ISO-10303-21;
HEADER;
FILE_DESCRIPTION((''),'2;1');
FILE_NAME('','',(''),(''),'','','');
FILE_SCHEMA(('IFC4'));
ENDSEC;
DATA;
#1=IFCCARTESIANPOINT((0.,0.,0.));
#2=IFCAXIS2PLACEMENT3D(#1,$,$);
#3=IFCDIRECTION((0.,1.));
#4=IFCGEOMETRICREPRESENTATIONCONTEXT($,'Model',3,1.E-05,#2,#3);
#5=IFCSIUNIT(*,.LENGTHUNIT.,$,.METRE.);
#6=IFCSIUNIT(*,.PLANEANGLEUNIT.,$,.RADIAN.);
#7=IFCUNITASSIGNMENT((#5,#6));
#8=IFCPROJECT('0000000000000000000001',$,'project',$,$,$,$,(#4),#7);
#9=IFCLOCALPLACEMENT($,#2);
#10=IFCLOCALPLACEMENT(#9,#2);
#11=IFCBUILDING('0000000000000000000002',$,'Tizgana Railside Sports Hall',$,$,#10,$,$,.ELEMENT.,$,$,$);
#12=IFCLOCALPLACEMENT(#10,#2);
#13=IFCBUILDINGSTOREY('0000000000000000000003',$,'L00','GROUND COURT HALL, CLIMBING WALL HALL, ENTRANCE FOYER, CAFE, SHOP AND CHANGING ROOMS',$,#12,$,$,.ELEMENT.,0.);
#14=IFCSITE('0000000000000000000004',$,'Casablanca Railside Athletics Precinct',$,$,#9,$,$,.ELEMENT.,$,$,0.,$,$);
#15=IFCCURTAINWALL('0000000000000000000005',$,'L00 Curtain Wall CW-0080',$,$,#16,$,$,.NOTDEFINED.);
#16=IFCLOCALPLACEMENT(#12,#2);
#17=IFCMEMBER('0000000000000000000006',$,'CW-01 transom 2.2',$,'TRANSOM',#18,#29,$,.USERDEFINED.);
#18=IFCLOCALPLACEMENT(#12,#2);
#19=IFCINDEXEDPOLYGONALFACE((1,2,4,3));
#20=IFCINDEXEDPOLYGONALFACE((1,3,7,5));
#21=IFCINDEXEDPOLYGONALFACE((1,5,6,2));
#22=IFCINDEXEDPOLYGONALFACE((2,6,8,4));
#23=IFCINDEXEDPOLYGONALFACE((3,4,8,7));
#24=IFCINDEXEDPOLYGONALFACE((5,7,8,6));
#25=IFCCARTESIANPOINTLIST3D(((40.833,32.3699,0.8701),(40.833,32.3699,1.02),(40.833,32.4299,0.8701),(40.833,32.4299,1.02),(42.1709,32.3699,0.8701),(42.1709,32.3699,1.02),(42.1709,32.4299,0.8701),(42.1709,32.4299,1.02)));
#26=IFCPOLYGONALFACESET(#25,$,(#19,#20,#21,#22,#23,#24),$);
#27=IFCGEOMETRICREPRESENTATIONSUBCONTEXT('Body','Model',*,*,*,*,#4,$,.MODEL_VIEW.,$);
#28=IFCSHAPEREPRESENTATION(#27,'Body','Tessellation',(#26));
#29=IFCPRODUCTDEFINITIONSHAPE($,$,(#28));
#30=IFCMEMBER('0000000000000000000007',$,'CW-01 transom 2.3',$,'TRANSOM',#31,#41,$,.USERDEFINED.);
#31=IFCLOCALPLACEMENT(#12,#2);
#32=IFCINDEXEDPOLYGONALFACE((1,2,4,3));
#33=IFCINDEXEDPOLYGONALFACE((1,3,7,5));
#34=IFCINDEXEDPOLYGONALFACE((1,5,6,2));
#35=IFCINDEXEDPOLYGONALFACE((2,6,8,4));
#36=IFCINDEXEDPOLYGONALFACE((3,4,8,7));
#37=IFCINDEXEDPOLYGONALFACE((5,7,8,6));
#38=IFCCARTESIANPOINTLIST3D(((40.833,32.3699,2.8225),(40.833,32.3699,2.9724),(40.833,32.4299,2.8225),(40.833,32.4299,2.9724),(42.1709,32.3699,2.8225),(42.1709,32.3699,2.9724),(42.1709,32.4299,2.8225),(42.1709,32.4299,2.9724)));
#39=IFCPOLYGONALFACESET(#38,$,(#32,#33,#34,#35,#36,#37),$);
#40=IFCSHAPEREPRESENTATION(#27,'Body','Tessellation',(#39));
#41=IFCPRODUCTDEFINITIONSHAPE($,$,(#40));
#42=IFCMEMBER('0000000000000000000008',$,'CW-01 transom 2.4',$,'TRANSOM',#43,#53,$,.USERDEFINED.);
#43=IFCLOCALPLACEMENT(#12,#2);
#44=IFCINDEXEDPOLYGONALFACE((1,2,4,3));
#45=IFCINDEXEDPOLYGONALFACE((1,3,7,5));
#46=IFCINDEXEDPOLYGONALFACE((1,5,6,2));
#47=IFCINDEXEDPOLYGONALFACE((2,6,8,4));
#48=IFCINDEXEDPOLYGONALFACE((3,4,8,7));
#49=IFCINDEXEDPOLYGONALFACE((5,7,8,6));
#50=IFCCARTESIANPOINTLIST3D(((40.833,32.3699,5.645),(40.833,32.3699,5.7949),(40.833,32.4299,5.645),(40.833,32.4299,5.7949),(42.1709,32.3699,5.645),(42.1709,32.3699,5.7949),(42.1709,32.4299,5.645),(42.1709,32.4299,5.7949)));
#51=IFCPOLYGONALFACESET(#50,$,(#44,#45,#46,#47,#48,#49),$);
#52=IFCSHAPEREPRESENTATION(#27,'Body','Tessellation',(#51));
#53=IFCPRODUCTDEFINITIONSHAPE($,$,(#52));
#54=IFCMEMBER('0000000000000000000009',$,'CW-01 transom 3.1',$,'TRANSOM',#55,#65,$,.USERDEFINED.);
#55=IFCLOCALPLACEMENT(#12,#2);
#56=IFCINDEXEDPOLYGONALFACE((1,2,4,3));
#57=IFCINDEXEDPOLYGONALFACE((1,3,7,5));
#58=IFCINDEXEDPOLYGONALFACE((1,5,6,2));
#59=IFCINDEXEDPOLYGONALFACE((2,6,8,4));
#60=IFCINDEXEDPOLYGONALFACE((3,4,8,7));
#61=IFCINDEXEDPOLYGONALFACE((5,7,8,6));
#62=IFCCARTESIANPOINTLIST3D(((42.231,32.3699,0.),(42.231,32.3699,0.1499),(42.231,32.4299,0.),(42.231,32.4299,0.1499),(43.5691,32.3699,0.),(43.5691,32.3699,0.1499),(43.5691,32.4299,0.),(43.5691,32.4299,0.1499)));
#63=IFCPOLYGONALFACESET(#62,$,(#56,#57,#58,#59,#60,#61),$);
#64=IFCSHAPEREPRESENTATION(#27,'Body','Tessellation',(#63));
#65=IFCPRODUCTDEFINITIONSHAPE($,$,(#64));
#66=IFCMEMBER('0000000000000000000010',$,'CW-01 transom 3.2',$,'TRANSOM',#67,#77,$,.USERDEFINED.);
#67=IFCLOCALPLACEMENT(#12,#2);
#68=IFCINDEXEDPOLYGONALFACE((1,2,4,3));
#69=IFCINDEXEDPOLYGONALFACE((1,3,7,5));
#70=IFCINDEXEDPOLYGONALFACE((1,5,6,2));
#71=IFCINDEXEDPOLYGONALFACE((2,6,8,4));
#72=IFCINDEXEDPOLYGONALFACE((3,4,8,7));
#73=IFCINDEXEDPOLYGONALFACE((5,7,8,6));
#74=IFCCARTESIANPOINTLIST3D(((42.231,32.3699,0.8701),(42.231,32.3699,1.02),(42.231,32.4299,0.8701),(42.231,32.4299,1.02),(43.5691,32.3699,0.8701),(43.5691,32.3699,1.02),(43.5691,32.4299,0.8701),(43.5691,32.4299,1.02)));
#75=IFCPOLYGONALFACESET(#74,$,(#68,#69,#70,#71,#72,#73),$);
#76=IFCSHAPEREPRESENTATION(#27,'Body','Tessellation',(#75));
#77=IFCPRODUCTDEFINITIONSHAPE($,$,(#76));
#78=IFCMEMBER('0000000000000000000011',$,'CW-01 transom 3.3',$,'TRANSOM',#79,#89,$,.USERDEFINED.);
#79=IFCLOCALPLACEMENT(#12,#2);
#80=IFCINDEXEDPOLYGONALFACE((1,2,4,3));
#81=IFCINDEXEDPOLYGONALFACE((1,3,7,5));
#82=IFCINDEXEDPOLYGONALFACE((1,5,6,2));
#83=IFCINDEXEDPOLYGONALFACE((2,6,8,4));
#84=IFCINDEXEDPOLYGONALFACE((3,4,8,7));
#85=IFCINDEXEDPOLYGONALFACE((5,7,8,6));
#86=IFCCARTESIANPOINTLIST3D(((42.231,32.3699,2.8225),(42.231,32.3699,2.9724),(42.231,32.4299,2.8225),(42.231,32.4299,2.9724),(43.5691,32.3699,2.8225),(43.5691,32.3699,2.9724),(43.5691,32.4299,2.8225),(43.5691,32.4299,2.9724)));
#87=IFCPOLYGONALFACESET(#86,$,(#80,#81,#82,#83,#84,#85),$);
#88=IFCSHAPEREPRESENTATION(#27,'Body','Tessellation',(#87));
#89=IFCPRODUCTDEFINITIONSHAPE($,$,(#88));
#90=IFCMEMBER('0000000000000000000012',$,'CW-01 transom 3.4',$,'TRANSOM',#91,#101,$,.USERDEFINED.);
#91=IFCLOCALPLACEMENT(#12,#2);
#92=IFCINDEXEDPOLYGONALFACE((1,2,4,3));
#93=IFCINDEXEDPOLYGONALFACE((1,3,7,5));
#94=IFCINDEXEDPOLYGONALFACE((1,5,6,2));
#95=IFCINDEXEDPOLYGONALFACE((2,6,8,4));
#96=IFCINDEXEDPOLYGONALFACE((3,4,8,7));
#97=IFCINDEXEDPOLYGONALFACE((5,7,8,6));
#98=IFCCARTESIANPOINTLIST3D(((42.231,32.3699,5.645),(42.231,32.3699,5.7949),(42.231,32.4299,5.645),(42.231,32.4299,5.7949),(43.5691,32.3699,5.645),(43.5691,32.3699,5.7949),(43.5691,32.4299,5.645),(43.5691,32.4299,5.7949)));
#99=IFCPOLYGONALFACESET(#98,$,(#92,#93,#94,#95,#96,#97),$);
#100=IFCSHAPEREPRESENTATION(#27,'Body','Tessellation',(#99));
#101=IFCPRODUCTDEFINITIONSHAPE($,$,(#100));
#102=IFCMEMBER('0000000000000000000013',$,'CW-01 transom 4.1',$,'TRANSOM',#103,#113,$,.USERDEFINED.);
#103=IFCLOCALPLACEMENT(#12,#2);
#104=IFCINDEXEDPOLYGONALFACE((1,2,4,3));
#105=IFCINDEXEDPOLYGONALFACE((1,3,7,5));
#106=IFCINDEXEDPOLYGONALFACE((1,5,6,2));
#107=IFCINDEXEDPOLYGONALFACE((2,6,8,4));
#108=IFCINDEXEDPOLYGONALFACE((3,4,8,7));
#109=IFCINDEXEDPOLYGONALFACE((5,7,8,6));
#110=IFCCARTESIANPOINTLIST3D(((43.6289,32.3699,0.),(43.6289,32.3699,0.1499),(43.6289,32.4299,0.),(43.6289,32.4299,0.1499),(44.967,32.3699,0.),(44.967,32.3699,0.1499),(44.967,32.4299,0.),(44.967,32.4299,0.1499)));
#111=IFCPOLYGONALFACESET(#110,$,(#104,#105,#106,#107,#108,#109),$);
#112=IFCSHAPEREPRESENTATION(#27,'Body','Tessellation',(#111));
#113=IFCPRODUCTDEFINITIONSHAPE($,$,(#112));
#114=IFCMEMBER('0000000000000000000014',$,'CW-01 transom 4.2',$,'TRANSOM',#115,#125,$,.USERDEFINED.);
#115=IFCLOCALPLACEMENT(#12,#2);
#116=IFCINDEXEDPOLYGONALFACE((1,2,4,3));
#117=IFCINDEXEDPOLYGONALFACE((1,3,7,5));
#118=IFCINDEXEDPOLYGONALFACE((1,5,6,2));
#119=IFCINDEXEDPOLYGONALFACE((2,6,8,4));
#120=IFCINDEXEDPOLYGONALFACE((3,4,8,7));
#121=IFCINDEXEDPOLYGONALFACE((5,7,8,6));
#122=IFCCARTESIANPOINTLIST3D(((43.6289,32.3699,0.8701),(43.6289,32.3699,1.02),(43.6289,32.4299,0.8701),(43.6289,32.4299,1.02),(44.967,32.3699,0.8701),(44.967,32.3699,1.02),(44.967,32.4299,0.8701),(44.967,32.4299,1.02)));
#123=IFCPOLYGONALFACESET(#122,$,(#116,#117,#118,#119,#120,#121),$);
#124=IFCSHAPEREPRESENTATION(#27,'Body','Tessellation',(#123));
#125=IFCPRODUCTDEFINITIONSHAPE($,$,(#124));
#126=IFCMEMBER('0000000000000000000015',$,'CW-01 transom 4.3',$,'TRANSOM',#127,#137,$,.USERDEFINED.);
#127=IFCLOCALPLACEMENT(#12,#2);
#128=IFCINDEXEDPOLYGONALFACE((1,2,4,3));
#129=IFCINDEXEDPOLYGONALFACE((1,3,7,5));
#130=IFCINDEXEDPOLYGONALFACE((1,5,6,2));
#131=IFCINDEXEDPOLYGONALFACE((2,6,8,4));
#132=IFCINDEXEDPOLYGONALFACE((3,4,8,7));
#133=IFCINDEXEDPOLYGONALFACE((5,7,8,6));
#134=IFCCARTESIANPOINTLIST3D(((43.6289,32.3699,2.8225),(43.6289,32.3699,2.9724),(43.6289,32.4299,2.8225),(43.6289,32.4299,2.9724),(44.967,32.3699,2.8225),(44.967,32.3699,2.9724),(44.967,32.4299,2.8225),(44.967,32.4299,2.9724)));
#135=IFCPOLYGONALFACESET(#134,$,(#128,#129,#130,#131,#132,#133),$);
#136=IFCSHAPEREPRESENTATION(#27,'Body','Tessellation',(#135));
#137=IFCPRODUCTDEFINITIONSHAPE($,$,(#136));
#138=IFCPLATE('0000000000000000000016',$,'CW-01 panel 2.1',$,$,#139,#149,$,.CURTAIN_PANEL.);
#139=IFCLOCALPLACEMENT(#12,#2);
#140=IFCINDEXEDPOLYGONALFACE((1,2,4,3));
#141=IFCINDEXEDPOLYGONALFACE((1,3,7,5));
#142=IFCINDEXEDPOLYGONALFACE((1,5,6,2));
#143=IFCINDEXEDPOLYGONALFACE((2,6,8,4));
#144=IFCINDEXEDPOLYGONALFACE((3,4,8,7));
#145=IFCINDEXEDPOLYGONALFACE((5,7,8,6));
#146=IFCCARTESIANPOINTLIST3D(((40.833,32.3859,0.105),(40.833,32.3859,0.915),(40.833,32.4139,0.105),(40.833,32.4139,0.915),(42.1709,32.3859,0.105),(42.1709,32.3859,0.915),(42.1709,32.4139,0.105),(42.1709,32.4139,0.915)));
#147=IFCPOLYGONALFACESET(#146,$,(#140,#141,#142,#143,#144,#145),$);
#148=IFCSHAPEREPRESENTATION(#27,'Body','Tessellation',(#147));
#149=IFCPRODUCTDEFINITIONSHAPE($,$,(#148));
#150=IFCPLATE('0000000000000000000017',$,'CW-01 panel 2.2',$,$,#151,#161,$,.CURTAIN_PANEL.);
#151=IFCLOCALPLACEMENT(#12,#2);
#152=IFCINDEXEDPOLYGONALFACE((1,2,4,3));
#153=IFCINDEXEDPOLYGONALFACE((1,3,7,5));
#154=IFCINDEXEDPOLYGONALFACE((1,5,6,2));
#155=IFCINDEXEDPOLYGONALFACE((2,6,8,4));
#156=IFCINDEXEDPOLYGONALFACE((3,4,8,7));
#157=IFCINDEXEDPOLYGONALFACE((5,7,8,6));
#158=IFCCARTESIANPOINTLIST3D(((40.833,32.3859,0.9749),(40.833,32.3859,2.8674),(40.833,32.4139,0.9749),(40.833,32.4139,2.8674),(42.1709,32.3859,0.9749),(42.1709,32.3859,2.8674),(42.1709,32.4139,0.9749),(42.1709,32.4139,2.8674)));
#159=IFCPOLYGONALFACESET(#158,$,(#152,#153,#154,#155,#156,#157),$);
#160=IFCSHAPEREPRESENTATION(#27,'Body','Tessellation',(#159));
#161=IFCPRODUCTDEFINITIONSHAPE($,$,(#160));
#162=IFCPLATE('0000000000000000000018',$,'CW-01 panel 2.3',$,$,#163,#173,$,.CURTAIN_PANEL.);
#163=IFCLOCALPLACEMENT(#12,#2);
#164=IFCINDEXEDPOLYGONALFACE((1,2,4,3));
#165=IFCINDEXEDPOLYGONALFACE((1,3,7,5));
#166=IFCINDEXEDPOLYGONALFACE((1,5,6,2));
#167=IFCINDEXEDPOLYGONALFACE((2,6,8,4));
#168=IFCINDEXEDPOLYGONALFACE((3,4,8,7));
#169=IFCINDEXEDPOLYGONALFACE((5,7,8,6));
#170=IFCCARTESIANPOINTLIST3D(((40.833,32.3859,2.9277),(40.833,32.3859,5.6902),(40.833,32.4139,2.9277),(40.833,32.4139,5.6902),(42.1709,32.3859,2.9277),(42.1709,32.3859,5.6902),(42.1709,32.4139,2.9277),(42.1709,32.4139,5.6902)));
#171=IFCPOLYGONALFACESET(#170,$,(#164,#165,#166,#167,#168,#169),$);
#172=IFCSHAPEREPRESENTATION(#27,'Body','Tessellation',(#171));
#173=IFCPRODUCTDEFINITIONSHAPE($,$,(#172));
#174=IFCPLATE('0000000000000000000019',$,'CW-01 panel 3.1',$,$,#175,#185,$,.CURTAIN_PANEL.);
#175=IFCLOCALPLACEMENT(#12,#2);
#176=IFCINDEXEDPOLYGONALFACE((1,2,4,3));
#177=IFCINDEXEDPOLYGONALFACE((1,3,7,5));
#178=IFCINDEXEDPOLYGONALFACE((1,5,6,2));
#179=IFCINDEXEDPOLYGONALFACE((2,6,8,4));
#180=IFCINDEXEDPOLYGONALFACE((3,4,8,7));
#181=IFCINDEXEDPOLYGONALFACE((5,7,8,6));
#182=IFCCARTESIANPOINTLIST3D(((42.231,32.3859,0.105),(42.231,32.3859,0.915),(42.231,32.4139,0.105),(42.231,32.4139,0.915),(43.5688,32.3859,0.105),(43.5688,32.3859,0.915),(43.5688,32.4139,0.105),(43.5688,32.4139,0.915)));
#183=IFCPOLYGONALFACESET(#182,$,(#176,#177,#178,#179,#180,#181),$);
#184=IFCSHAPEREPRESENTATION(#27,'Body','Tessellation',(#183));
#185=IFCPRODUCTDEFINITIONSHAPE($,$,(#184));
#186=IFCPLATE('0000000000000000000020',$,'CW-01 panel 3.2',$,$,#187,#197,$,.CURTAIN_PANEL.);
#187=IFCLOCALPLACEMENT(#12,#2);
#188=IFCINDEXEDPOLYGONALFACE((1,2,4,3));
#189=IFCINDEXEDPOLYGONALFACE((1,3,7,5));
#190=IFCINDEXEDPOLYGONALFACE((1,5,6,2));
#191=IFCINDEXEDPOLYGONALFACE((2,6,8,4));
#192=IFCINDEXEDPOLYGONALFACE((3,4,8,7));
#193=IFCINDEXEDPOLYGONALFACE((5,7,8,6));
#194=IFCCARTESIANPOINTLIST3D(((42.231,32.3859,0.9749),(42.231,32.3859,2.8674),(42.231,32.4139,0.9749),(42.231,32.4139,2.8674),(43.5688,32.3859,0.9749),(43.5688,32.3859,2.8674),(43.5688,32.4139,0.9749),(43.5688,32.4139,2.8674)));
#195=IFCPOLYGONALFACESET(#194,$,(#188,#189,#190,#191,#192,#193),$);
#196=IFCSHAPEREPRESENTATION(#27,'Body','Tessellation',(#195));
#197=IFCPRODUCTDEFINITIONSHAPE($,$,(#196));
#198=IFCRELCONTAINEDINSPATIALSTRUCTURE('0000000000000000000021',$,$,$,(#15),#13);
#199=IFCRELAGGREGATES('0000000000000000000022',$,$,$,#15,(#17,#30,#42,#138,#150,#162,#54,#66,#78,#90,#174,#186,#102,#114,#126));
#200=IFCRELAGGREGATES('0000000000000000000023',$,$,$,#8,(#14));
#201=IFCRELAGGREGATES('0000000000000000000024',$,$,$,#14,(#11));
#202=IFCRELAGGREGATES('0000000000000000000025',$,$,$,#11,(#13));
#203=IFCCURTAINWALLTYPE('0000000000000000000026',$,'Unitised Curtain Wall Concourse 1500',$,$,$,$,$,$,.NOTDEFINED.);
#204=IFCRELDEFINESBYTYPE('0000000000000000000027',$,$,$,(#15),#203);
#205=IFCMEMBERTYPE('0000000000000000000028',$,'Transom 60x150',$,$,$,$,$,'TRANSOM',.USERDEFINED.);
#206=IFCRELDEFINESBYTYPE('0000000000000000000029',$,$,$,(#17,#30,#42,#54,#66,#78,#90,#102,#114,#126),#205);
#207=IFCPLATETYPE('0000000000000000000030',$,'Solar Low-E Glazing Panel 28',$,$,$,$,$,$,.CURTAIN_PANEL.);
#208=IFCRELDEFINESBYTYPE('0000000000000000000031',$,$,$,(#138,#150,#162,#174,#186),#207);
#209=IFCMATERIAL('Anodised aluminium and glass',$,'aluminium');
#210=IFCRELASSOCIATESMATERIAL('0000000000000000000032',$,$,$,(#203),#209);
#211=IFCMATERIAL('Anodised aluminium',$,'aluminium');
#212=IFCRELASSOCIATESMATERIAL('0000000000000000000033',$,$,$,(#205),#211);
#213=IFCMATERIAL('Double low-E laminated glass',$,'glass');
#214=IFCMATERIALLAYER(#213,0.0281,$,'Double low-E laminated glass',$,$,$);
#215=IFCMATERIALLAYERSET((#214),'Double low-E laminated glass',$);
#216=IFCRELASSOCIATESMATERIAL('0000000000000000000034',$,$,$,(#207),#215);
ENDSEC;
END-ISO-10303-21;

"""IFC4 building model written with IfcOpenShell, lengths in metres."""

from ifc_helpers import new_model, si_unit, direction, frame, origin, origin_2d, place, context, subcontext, project, spatial, rectangle, extrude, material, layer, layer_set, material_profile, profile_set, type_object, element, aggregate, save


model = new_model("IFC4")

# Units and contexts
model_context = context("Model", 3, precision=1e-05, world=origin(), true_north=direction((0.0, 1.0)))
body_context = subcontext(model_context, "Body", "Model", "MODEL_VIEW")
ifc_project = project(units=[si_unit("LENGTHUNIT", "METRE"), si_unit("PLANEANGLEUNIT", "RADIAN")], contexts=[model_context])

# Site, building, storey
site_placement = place(None, origin())
site = spatial("IfcSite", under=ifc_project, at=site_placement, Name="Casablanca Railside Athletics Precinct", CompositionType="ELEMENT", RefElevation=0.0)
building_placement = place(site_placement, origin())
building = spatial("IfcBuilding", under=site, at=building_placement, Name="Tizgana Railside Sports Hall", CompositionType="ELEMENT")
storey_placement = place(building_placement, origin())
storey = spatial("IfcBuildingStorey", under=building, at=storey_placement, Name="L00", Description="GROUND COURT HALL, CLIMBING WALL HALL, ENTRANCE FOYER, CAFE, SHOP AND CHANGING ROOMS", CompositionType="ELEMENT", Elevation=0.0)

# Curtain wall
ifc_material_1 = material(Name="Anodised aluminium and glass", Category="aluminium")
curtain_wall_type = type_object("IfcCurtainWallType", Name="Unitised Curtain Wall Concourse 1500", PredefinedType="NOTDEFINED", material=ifc_material_1)
curtain_wall_placement = place(storey_placement, origin())
curtain_wall = element("IfcCurtainWall", 1, at=curtain_wall_placement, inside=storey, type_object=curtain_wall_type, Name="L00 Curtain Wall CW-0080", PredefinedType="NOTDEFINED")
ifc_material_2 = material(Name="Anodised aluminium", Category="aluminium")

# Members
ifc_material_profile_1 = material_profile(ifc_material_2, rectangle(XDim=0.0601, YDim=0.1499, at=origin_2d()), Name="Transom 60x150")
ifc_profile_set_1 = profile_set([ifc_material_profile_1], Name="Anodised aluminium")
member_type_1 = type_object("IfcMemberType", Name="Transom 60x150", ElementType="TRANSOM", PredefinedType="USERDEFINED", material=ifc_profile_set_1)
member_1_placement = place(storey_placement, frame((40.833, 32.3999, 0.9451), z_axis=(1.0, 0.0, 0.0), x_axis=(0.0, 1.0, 0.0)))
member_1 = element("IfcMember", 2, at=member_1_placement, type_object=member_type_1, Name="CW-01 transom 2.2", ObjectType="TRANSOM", PredefinedType="USERDEFINED", context=body_context, shape_type="SweptSolid", body=[
    extrude(rectangle(XDim=0.0601, YDim=0.1499, at=origin_2d()), origin(), (0.0, 0.0, 1.0), 1.3379),
])
member_2_placement = place(storey_placement, frame((40.833, 32.3999, 2.8975), z_axis=(1.0, 0.0, 0.0), x_axis=(0.0, 1.0, 0.0)))
member_2 = element("IfcMember", 3, at=member_2_placement, type_object=member_type_1, Name="CW-01 transom 2.3", ObjectType="TRANSOM", PredefinedType="USERDEFINED", context=body_context, shape_type="SweptSolid", body=[
    extrude(rectangle(XDim=0.0601, YDim=0.1499, at=origin_2d()), origin(), (0.0, 0.0, 1.0), 1.3379),
])
member_3_placement = place(storey_placement, frame((40.833, 32.3999, 5.72), z_axis=(1.0, 0.0, 0.0), x_axis=(0.0, 1.0, 0.0)))
member_3 = element("IfcMember", 4, at=member_3_placement, type_object=member_type_1, Name="CW-01 transom 2.4", ObjectType="TRANSOM", PredefinedType="USERDEFINED", context=body_context, shape_type="SweptSolid", body=[
    extrude(rectangle(XDim=0.0601, YDim=0.1499, at=origin_2d()), origin(), (0.0, 0.0, 1.0), 1.3379),
])
member_4_placement = place(storey_placement, frame((42.231, 32.3999, 0.075), z_axis=(1.0, 0.0, 0.0), x_axis=(0.0, 1.0, 0.0)))
member_4 = element("IfcMember", 5, at=member_4_placement, type_object=member_type_1, Name="CW-01 transom 3.1", ObjectType="TRANSOM", PredefinedType="USERDEFINED", context=body_context, shape_type="SweptSolid", body=[
    extrude(rectangle(XDim=0.0601, YDim=0.1499, at=origin_2d()), origin(), (0.0, 0.0, 1.0), 1.3381),
])
member_5_placement = place(storey_placement, frame((42.231, 32.3999, 0.9451), z_axis=(1.0, 0.0, 0.0), x_axis=(0.0, 1.0, 0.0)))
member_5 = element("IfcMember", 6, at=member_5_placement, type_object=member_type_1, Name="CW-01 transom 3.2", ObjectType="TRANSOM", PredefinedType="USERDEFINED", context=body_context, shape_type="SweptSolid", body=[
    extrude(rectangle(XDim=0.0601, YDim=0.1499, at=origin_2d()), origin(), (0.0, 0.0, 1.0), 1.3381),
])
member_6_placement = place(storey_placement, frame((42.231, 32.3999, 2.8975), z_axis=(1.0, 0.0, 0.0), x_axis=(0.0, 1.0, 0.0)))
member_6 = element("IfcMember", 7, at=member_6_placement, type_object=member_type_1, Name="CW-01 transom 3.3", ObjectType="TRANSOM", PredefinedType="USERDEFINED", context=body_context, shape_type="SweptSolid", body=[
    extrude(rectangle(XDim=0.0601, YDim=0.1499, at=origin_2d()), origin(), (0.0, 0.0, 1.0), 1.3381),
])
member_7_placement = place(storey_placement, frame((42.231, 32.3999, 5.72), z_axis=(1.0, 0.0, 0.0), x_axis=(0.0, 1.0, 0.0)))
member_7 = element("IfcMember", 8, at=member_7_placement, type_object=member_type_1, Name="CW-01 transom 3.4", ObjectType="TRANSOM", PredefinedType="USERDEFINED", context=body_context, shape_type="SweptSolid", body=[
    extrude(rectangle(XDim=0.0601, YDim=0.1499, at=origin_2d()), origin(), (0.0, 0.0, 1.0), 1.3381),
])
member_8_placement = place(storey_placement, frame((43.6289, 32.3999, 0.075), z_axis=(1.0, 0.0, 0.0), x_axis=(0.0, 1.0, 0.0)))
member_8 = element("IfcMember", 9, at=member_8_placement, type_object=member_type_1, Name="CW-01 transom 4.1", ObjectType="TRANSOM", PredefinedType="USERDEFINED", context=body_context, shape_type="SweptSolid", body=[
    extrude(rectangle(XDim=0.0601, YDim=0.1499, at=origin_2d()), origin(), (0.0, 0.0, 1.0), 1.3381),
])
member_9_placement = place(storey_placement, frame((43.6289, 32.3999, 0.9451), z_axis=(1.0, 0.0, 0.0), x_axis=(0.0, 1.0, 0.0)))
member_9 = element("IfcMember", 10, at=member_9_placement, type_object=member_type_1, Name="CW-01 transom 4.2", ObjectType="TRANSOM", PredefinedType="USERDEFINED", context=body_context, shape_type="SweptSolid", body=[
    extrude(rectangle(XDim=0.0601, YDim=0.1499, at=origin_2d()), origin(), (0.0, 0.0, 1.0), 1.3381),
])
member_10_placement = place(storey_placement, frame((43.6289, 32.3999, 2.8975), z_axis=(1.0, 0.0, 0.0), x_axis=(0.0, 1.0, 0.0)))
member_10 = element("IfcMember", 11, at=member_10_placement, type_object=member_type_1, Name="CW-01 transom 4.3", ObjectType="TRANSOM", PredefinedType="USERDEFINED", context=body_context, shape_type="SweptSolid", body=[
    extrude(rectangle(XDim=0.0601, YDim=0.1499, at=origin_2d()), origin(), (0.0, 0.0, 1.0), 1.3381),
])

# Plates
ifc_material_3 = material(Name="Double low-E laminated glass", Category="glass")
ifc_layer_1 = layer(ifc_material_3, 0.0281, Name="Double low-E laminated glass")
ifc_layer_set_1 = layer_set([ifc_layer_1], Name="Double low-E laminated glass")
plate_type_1 = type_object("IfcPlateType", Name="Solar Low-E Glazing Panel 28", PredefinedType="CURTAIN_PANEL", material=ifc_layer_set_1)
plate_1_placement = place(storey_placement, frame((41.502, 32.3999, 0.105), z_axis=(0.0, 0.0, 1.0), x_axis=(1.0, 0.0, 0.0)))
plate_1 = element("IfcPlate", 12, at=plate_1_placement, type_object=plate_type_1, Name="CW-01 panel 2.1", PredefinedType="CURTAIN_PANEL", context=body_context, shape_type="SweptSolid", body=[
    extrude(rectangle(XDim=1.3379, YDim=0.0281, at=origin_2d()), origin(), (0.0, 0.0, 1.0), 0.8101),
])
plate_2_placement = place(storey_placement, frame((41.502, 32.3999, 0.9749), z_axis=(0.0, 0.0, 1.0), x_axis=(1.0, 0.0, 0.0)))
plate_2 = element("IfcPlate", 13, at=plate_2_placement, type_object=plate_type_1, Name="CW-01 panel 2.2", PredefinedType="CURTAIN_PANEL", context=body_context, shape_type="SweptSolid", body=[
    extrude(rectangle(XDim=1.3379, YDim=0.0281, at=origin_2d()), origin(), (0.0, 0.0, 1.0), 1.8926),
])
plate_3_placement = place(storey_placement, frame((41.502, 32.3999, 2.9277), z_axis=(0.0, 0.0, 1.0), x_axis=(1.0, 0.0, 0.0)))
plate_3 = element("IfcPlate", 14, at=plate_3_placement, type_object=plate_type_1, Name="CW-01 panel 2.3", PredefinedType="CURTAIN_PANEL", context=body_context, shape_type="SweptSolid", body=[
    extrude(rectangle(XDim=1.3379, YDim=0.0281, at=origin_2d()), origin(), (0.0, 0.0, 1.0), 2.7625),
])
plate_4_placement = place(storey_placement, frame((42.8999, 32.3999, 0.105), z_axis=(0.0, 0.0, 1.0), x_axis=(1.0, 0.0, 0.0)))
plate_4 = element("IfcPlate", 15, at=plate_4_placement, type_object=plate_type_1, Name="CW-01 panel 3.1", PredefinedType="CURTAIN_PANEL", context=body_context, shape_type="SweptSolid", body=[
    extrude(rectangle(XDim=1.3379, YDim=0.0281, at=origin_2d()), origin(), (0.0, 0.0, 1.0), 0.8101),
])
plate_5_placement = place(storey_placement, frame((42.8999, 32.3999, 0.9749), z_axis=(0.0, 0.0, 1.0), x_axis=(1.0, 0.0, 0.0)))
plate_5 = element("IfcPlate", 16, at=plate_5_placement, type_object=plate_type_1, Name="CW-01 panel 3.2", PredefinedType="CURTAIN_PANEL", context=body_context, shape_type="SweptSolid", body=[
    extrude(rectangle(XDim=1.3379, YDim=0.0281, at=origin_2d()), origin(), (0.0, 0.0, 1.0), 1.8926),
])
aggregate(curtain_wall, [member_1, member_2, member_3, plate_1, plate_2, plate_3, member_4, member_5, member_6, member_7, plate_4, plate_5, member_8, member_9, member_10])

save(model, "model.ifc")
